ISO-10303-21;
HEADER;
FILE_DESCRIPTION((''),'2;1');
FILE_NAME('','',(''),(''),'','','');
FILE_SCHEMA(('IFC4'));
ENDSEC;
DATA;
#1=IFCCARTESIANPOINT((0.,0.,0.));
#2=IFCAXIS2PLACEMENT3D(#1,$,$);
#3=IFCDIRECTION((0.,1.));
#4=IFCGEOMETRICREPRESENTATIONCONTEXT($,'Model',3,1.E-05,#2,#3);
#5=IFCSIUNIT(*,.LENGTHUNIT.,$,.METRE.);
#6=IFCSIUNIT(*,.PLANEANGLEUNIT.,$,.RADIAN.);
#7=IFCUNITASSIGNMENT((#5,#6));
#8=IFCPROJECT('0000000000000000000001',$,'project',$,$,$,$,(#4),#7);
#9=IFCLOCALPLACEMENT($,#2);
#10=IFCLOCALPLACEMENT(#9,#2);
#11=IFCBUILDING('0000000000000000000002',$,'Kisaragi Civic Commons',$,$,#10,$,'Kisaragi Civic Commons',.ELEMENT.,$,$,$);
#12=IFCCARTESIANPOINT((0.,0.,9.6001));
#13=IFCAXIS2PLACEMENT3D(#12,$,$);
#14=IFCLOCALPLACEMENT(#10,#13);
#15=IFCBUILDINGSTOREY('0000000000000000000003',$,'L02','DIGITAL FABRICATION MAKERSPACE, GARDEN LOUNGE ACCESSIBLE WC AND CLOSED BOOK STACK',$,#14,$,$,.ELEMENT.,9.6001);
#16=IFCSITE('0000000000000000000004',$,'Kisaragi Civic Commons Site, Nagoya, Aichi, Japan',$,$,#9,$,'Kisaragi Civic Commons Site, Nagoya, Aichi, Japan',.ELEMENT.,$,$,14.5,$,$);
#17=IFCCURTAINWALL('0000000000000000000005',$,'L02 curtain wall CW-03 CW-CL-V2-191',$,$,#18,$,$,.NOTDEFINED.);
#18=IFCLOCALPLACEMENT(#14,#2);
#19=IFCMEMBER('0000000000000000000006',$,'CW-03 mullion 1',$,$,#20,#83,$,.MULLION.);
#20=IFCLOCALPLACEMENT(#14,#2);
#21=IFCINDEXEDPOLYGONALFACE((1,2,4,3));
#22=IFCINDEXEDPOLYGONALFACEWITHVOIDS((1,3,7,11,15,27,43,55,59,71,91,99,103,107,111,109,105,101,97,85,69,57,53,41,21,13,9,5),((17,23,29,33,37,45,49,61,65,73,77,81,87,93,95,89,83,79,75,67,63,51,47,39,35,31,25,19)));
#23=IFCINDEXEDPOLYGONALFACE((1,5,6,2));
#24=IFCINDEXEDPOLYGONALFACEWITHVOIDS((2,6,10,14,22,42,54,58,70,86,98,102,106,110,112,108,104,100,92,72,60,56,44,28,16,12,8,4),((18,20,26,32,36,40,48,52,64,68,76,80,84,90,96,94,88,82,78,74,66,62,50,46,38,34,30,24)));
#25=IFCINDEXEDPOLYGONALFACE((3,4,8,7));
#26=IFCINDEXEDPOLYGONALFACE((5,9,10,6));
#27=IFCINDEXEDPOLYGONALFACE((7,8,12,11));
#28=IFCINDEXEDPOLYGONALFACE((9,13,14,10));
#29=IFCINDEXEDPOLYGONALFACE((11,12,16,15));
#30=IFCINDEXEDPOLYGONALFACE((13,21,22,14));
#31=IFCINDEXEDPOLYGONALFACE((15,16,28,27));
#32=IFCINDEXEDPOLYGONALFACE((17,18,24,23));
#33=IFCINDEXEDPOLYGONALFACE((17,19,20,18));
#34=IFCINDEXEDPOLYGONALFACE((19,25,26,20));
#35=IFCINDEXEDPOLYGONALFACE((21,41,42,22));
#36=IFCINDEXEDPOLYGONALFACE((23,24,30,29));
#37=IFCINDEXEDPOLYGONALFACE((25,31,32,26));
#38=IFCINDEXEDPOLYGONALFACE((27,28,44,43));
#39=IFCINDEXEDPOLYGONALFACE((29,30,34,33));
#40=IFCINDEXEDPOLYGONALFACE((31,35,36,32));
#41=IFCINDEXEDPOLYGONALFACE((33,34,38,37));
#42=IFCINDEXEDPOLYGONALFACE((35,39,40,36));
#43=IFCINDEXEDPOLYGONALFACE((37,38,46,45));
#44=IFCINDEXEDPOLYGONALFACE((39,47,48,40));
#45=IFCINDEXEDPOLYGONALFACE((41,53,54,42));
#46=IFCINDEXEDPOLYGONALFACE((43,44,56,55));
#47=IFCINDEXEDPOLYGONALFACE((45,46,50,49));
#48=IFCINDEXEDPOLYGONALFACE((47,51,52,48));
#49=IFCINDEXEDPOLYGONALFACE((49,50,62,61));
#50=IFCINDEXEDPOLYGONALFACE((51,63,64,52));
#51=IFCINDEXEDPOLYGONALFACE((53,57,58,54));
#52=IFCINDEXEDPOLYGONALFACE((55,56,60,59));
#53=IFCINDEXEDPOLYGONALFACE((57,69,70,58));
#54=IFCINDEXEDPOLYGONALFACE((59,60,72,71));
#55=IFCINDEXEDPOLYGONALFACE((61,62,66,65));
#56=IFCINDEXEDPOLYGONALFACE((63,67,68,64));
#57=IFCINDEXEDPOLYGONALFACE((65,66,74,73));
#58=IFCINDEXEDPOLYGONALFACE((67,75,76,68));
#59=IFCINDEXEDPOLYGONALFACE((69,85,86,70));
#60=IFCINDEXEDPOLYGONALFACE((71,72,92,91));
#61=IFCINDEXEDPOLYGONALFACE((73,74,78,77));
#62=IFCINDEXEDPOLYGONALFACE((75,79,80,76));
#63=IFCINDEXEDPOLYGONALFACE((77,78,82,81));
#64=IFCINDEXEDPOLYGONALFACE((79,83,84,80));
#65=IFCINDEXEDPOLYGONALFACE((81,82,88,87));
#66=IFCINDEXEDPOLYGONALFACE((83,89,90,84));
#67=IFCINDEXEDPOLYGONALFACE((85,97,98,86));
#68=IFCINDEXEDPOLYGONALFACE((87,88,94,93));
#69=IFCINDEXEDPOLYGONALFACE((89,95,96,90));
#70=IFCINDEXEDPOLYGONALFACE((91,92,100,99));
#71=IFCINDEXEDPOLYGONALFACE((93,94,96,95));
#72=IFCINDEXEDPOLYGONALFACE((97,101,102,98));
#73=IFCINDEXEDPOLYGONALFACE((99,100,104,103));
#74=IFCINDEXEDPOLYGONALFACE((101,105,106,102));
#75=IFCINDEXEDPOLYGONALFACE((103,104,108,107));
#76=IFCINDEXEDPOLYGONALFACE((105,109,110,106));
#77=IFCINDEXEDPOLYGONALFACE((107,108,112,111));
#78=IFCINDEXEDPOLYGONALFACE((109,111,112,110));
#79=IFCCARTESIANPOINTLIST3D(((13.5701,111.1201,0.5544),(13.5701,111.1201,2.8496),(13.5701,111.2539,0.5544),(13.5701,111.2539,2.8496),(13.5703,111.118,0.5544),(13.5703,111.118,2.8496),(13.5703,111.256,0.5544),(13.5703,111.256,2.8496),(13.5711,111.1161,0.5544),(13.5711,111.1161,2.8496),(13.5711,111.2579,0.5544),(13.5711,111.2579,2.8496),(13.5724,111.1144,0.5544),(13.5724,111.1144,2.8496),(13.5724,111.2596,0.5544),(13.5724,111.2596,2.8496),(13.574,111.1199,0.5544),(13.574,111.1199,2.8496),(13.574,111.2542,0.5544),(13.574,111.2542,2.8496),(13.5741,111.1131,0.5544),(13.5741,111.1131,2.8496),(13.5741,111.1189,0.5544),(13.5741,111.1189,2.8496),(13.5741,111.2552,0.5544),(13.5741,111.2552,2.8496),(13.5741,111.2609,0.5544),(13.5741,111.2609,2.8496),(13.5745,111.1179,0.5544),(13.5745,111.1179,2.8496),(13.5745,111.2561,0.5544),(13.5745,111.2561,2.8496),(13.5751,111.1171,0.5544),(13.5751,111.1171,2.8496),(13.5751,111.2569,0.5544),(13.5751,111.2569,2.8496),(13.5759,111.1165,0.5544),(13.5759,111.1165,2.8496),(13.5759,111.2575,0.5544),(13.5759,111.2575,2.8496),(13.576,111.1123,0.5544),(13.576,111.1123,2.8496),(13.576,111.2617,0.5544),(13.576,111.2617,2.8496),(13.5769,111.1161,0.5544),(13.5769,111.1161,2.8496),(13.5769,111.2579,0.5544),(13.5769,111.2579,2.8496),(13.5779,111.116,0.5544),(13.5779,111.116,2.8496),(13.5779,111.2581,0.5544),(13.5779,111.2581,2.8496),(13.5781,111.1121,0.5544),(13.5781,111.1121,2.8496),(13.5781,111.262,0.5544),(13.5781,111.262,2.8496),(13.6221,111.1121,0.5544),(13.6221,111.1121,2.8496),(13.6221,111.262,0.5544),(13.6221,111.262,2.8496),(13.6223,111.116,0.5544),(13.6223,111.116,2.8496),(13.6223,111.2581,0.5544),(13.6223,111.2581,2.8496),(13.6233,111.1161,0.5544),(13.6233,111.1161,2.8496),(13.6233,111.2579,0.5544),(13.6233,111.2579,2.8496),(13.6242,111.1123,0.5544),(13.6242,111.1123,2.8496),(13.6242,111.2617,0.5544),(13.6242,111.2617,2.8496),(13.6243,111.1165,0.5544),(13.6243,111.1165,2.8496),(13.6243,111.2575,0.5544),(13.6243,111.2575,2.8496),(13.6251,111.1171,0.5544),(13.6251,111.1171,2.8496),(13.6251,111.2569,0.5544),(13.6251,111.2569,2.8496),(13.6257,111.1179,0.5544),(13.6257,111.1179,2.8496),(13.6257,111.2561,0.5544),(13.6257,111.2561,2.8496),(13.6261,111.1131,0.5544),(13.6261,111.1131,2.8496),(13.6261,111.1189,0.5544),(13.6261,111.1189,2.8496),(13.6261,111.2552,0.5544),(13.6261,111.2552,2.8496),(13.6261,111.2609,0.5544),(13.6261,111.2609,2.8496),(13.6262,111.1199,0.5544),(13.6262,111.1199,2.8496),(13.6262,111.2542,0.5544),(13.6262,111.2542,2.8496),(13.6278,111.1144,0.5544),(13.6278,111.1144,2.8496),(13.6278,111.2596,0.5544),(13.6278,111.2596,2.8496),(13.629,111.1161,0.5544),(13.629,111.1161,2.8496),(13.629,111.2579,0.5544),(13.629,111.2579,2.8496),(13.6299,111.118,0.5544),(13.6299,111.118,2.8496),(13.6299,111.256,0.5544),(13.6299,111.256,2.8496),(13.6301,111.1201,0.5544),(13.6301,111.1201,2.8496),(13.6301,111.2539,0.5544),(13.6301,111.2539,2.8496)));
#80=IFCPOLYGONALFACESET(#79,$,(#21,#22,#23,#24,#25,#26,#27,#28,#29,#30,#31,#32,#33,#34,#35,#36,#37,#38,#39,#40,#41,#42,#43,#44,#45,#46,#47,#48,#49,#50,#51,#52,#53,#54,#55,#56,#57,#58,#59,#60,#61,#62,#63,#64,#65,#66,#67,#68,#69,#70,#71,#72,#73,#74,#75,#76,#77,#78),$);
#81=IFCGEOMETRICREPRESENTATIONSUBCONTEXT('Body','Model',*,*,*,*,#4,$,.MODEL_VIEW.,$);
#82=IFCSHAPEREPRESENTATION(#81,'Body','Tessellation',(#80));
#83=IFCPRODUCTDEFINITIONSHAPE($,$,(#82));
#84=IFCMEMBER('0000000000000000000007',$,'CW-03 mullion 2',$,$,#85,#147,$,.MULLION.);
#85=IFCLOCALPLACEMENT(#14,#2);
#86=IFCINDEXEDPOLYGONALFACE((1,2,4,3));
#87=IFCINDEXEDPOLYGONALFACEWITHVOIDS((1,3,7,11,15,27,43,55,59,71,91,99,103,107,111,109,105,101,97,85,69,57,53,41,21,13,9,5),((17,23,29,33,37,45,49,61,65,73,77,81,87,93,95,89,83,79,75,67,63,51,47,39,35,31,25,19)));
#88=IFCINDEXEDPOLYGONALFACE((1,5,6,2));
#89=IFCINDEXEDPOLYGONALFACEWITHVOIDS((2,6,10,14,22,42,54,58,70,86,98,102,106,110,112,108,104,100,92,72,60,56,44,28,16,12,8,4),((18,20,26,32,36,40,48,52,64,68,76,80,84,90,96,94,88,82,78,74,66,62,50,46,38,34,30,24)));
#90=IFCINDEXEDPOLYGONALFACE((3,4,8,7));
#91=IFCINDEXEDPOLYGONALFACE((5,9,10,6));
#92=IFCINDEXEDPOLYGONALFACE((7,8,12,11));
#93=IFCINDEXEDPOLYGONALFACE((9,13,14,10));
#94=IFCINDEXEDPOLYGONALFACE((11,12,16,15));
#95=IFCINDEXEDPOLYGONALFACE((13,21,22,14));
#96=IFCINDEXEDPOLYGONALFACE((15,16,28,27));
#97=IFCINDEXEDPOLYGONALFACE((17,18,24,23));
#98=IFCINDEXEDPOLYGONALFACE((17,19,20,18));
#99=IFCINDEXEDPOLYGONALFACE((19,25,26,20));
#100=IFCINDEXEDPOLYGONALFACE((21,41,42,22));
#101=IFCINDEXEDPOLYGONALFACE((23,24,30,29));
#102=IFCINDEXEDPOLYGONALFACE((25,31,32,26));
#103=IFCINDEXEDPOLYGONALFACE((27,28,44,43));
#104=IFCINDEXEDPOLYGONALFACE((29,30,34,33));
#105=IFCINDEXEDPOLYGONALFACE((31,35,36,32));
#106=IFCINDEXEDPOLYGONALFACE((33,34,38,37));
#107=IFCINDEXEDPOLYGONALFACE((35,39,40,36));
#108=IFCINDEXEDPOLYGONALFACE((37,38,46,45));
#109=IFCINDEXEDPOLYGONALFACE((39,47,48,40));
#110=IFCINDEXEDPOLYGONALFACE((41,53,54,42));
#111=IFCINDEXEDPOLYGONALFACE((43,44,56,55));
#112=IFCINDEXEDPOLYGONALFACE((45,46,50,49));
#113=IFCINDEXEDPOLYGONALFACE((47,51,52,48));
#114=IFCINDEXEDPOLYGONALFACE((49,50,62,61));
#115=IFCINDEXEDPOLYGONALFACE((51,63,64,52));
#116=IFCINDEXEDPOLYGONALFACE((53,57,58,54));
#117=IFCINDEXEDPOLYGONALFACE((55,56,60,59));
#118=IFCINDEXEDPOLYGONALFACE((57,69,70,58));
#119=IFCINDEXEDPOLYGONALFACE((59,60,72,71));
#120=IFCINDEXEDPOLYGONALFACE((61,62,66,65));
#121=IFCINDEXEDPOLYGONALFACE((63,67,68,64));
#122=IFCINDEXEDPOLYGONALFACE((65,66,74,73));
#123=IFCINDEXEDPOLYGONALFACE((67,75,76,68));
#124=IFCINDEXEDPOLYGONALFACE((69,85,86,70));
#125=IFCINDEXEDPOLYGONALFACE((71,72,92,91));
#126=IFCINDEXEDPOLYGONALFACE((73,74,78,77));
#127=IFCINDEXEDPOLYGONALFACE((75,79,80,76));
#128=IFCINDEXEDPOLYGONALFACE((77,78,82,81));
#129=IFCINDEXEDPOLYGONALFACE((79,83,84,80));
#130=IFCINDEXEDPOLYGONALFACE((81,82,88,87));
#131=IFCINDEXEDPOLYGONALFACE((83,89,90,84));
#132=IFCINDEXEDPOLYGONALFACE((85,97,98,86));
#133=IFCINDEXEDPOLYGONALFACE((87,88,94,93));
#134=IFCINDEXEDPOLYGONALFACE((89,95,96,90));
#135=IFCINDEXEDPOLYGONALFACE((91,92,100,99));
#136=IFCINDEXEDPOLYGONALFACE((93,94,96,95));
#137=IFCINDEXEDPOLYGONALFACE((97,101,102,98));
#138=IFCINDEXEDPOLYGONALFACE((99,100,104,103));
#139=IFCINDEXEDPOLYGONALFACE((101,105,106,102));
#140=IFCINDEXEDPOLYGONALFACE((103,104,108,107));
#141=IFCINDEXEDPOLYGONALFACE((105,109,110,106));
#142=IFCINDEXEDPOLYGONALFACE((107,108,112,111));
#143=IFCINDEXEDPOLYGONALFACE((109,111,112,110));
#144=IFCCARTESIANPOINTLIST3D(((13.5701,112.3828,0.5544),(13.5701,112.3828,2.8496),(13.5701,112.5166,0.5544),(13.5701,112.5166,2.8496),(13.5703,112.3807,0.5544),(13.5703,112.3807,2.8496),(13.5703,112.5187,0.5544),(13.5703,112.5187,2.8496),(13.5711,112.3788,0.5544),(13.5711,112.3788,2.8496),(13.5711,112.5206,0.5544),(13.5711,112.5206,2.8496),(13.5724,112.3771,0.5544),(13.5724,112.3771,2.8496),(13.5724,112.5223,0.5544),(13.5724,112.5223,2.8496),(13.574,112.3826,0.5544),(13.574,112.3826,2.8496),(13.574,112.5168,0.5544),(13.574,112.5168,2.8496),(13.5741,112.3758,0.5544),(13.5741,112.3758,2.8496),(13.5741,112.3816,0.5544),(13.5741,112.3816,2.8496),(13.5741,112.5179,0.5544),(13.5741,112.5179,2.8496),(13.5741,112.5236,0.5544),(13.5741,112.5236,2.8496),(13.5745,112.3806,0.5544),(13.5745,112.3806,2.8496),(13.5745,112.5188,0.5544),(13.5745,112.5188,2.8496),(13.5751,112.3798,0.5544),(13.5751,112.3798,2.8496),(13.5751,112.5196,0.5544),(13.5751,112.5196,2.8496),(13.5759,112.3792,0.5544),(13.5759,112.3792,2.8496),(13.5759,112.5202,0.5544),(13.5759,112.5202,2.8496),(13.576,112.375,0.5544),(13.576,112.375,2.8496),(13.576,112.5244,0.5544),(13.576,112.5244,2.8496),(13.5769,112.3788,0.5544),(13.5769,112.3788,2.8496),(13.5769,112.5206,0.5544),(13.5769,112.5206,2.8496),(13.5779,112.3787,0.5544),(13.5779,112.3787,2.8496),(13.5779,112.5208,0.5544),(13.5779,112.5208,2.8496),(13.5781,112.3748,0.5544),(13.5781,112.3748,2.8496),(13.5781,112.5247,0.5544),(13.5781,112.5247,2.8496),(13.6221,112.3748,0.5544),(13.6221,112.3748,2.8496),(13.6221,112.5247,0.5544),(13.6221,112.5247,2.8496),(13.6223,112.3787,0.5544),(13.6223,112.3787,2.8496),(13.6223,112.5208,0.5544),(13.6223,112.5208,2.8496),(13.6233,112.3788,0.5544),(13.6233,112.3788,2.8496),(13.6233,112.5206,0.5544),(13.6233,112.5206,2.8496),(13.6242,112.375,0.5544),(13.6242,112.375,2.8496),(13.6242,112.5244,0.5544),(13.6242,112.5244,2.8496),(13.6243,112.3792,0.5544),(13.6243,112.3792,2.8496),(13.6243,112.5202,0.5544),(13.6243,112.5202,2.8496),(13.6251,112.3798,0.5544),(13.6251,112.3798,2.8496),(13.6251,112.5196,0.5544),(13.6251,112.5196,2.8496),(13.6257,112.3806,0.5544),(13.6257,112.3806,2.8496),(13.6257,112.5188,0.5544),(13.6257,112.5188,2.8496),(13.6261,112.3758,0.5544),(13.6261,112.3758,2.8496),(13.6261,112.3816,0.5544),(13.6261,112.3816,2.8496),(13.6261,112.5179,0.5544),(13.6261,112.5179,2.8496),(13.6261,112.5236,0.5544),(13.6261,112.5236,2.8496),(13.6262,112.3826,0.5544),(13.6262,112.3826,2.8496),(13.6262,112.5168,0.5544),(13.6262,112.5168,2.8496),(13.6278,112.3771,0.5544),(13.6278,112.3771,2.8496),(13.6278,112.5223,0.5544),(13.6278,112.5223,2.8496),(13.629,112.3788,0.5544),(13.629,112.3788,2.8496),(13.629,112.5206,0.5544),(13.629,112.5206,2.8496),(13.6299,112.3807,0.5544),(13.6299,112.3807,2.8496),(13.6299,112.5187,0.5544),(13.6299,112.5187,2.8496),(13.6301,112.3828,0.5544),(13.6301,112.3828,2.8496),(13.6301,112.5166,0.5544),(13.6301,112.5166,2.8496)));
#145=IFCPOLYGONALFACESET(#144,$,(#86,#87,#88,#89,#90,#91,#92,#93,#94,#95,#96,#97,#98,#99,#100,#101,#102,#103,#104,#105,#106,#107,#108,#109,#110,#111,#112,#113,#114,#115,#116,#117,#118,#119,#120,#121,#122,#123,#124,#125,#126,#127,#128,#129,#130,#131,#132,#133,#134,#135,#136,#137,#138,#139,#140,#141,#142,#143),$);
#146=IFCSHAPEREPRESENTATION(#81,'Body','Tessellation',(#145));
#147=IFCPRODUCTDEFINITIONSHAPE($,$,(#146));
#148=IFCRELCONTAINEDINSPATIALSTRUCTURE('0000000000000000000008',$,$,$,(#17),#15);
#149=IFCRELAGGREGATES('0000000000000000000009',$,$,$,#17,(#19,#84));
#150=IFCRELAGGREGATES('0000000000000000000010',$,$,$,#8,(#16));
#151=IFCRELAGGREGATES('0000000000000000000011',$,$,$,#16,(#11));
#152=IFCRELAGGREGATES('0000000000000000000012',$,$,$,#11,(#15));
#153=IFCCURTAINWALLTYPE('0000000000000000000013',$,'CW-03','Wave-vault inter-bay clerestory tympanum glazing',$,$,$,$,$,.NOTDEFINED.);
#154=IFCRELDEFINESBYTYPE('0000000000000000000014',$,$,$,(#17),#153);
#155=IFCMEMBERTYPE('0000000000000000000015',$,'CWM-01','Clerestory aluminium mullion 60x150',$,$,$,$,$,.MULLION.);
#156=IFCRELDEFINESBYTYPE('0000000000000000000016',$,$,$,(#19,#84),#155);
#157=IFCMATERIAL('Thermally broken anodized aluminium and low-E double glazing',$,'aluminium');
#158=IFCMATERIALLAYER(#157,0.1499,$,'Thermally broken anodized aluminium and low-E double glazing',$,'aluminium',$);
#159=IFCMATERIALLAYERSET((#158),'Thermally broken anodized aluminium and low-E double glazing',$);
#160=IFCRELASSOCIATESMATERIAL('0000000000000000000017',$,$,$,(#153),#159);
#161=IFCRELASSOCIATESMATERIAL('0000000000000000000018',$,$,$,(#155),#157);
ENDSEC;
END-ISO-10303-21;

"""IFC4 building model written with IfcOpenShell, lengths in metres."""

from ifc_helpers import new_model, si_unit, direction, frame, origin, origin_2d, place, context, subcontext, project, spatial, hollow_rectangle, extrude, material, layer, layer_set, material_profile, profile_set, type_object, element, aggregate, save


model = new_model("IFC4")

# Units and contexts
model_context = context("Model", 3, precision=1e-05, world=origin(), true_north=direction((0.0, 1.0)))
body_context = subcontext(model_context, "Body", "Model", "MODEL_VIEW")
ifc_project = project(units=[si_unit("LENGTHUNIT", "METRE"), si_unit("PLANEANGLEUNIT", "RADIAN")], contexts=[model_context])

# Site, building, storey
site_placement = place(None, origin())
site = spatial("IfcSite", under=ifc_project, at=site_placement, Name="Kisaragi Civic Commons Site, Nagoya, Aichi, Japan", LongName="Kisaragi Civic Commons Site, Nagoya, Aichi, Japan", CompositionType="ELEMENT", RefElevation=14.5)
building_placement = place(site_placement, origin())
building = spatial("IfcBuilding", under=site, at=building_placement, Name="Kisaragi Civic Commons", LongName="Kisaragi Civic Commons", CompositionType="ELEMENT")
storey_placement = place(building_placement, frame((0.0, 0.0, 9.6001)))
storey = spatial("IfcBuildingStorey", under=building, at=storey_placement, Name="L02", Description="DIGITAL FABRICATION MAKERSPACE, GARDEN LOUNGE ACCESSIBLE WC AND CLOSED BOOK STACK", CompositionType="ELEMENT", Elevation=9.6001)

# Curtain wall, members
ifc_material_1 = material(Name="Thermally broken anodized aluminium and low-E double glazing", Category="aluminium")
ifc_layer_1 = layer(ifc_material_1, 0.1499, Name="Thermally broken anodized aluminium and low-E double glazing", Category="aluminium")
ifc_layer_set_1 = layer_set([ifc_layer_1], Name="Thermally broken anodized aluminium and low-E double glazing")
curtain_wall_type = type_object("IfcCurtainWallType", Name="CW-03", Description="Wave-vault inter-bay clerestory tympanum glazing", PredefinedType="NOTDEFINED", material=ifc_layer_set_1)
curtain_wall_1_placement = place(storey_placement, origin())
curtain_wall_1 = element("IfcCurtainWall", 1, at=curtain_wall_1_placement, inside=storey, type_object=curtain_wall_type, Name="L02 curtain wall CW-03 CW-CL-V2-191", PredefinedType="NOTDEFINED")
ifc_material_profile_1 = material_profile(ifc_material_1, hollow_rectangle(XDim=0.0601, YDim=0.1499, WallThickness=0.0039, InnerFilletRadius=0.0039, OuterFilletRadius=0.0081, at=origin_2d()), Name="CWM-60x150x4", Category="aluminium")
ifc_profile_set_1 = profile_set([ifc_material_profile_1], Name="Thermally broken anodized aluminium and low-E double glazing")
member_type_1 = type_object("IfcMemberType", Name="CWM-01", Description="Clerestory aluminium mullion 60x150", PredefinedType="MULLION", material=ifc_profile_set_1)
member_1_placement = place(storey_placement, frame((13.6001, 111.187, 0.5544), z_axis=(0.0, 0.0, 1.0), x_axis=(-1.0, 0.0, 0.0)))
member_1 = element("IfcMember", 2, at=member_1_placement, type_object=member_type_1, Name="CW-03 mullion 1", PredefinedType="MULLION", context=body_context, shape_type="SweptSolid", body=[
    extrude(hollow_rectangle(XDim=0.0601, YDim=0.1499, WallThickness=0.0039, InnerFilletRadius=0.0039, OuterFilletRadius=0.0081, at=origin_2d()), origin(), (0.0, 0.0, 1.0), 2.2952),
])
member_2_placement = place(storey_placement, frame((13.6001, 112.4497, 0.5544), z_axis=(0.0, 0.0, 1.0), x_axis=(-1.0, 0.0, 0.0)))
member_2 = element("IfcMember", 3, at=member_2_placement, type_object=member_type_1, Name="CW-03 mullion 2", PredefinedType="MULLION", context=body_context, shape_type="SweptSolid", body=[
    extrude(hollow_rectangle(XDim=0.0601, YDim=0.1499, WallThickness=0.0039, InnerFilletRadius=0.0039, OuterFilletRadius=0.0081, at=origin_2d()), origin(), (0.0, 0.0, 1.0), 2.2952),
])

aggregate(curtain_wall_1, [member_1, member_2])

save(model, "model.ifc")
